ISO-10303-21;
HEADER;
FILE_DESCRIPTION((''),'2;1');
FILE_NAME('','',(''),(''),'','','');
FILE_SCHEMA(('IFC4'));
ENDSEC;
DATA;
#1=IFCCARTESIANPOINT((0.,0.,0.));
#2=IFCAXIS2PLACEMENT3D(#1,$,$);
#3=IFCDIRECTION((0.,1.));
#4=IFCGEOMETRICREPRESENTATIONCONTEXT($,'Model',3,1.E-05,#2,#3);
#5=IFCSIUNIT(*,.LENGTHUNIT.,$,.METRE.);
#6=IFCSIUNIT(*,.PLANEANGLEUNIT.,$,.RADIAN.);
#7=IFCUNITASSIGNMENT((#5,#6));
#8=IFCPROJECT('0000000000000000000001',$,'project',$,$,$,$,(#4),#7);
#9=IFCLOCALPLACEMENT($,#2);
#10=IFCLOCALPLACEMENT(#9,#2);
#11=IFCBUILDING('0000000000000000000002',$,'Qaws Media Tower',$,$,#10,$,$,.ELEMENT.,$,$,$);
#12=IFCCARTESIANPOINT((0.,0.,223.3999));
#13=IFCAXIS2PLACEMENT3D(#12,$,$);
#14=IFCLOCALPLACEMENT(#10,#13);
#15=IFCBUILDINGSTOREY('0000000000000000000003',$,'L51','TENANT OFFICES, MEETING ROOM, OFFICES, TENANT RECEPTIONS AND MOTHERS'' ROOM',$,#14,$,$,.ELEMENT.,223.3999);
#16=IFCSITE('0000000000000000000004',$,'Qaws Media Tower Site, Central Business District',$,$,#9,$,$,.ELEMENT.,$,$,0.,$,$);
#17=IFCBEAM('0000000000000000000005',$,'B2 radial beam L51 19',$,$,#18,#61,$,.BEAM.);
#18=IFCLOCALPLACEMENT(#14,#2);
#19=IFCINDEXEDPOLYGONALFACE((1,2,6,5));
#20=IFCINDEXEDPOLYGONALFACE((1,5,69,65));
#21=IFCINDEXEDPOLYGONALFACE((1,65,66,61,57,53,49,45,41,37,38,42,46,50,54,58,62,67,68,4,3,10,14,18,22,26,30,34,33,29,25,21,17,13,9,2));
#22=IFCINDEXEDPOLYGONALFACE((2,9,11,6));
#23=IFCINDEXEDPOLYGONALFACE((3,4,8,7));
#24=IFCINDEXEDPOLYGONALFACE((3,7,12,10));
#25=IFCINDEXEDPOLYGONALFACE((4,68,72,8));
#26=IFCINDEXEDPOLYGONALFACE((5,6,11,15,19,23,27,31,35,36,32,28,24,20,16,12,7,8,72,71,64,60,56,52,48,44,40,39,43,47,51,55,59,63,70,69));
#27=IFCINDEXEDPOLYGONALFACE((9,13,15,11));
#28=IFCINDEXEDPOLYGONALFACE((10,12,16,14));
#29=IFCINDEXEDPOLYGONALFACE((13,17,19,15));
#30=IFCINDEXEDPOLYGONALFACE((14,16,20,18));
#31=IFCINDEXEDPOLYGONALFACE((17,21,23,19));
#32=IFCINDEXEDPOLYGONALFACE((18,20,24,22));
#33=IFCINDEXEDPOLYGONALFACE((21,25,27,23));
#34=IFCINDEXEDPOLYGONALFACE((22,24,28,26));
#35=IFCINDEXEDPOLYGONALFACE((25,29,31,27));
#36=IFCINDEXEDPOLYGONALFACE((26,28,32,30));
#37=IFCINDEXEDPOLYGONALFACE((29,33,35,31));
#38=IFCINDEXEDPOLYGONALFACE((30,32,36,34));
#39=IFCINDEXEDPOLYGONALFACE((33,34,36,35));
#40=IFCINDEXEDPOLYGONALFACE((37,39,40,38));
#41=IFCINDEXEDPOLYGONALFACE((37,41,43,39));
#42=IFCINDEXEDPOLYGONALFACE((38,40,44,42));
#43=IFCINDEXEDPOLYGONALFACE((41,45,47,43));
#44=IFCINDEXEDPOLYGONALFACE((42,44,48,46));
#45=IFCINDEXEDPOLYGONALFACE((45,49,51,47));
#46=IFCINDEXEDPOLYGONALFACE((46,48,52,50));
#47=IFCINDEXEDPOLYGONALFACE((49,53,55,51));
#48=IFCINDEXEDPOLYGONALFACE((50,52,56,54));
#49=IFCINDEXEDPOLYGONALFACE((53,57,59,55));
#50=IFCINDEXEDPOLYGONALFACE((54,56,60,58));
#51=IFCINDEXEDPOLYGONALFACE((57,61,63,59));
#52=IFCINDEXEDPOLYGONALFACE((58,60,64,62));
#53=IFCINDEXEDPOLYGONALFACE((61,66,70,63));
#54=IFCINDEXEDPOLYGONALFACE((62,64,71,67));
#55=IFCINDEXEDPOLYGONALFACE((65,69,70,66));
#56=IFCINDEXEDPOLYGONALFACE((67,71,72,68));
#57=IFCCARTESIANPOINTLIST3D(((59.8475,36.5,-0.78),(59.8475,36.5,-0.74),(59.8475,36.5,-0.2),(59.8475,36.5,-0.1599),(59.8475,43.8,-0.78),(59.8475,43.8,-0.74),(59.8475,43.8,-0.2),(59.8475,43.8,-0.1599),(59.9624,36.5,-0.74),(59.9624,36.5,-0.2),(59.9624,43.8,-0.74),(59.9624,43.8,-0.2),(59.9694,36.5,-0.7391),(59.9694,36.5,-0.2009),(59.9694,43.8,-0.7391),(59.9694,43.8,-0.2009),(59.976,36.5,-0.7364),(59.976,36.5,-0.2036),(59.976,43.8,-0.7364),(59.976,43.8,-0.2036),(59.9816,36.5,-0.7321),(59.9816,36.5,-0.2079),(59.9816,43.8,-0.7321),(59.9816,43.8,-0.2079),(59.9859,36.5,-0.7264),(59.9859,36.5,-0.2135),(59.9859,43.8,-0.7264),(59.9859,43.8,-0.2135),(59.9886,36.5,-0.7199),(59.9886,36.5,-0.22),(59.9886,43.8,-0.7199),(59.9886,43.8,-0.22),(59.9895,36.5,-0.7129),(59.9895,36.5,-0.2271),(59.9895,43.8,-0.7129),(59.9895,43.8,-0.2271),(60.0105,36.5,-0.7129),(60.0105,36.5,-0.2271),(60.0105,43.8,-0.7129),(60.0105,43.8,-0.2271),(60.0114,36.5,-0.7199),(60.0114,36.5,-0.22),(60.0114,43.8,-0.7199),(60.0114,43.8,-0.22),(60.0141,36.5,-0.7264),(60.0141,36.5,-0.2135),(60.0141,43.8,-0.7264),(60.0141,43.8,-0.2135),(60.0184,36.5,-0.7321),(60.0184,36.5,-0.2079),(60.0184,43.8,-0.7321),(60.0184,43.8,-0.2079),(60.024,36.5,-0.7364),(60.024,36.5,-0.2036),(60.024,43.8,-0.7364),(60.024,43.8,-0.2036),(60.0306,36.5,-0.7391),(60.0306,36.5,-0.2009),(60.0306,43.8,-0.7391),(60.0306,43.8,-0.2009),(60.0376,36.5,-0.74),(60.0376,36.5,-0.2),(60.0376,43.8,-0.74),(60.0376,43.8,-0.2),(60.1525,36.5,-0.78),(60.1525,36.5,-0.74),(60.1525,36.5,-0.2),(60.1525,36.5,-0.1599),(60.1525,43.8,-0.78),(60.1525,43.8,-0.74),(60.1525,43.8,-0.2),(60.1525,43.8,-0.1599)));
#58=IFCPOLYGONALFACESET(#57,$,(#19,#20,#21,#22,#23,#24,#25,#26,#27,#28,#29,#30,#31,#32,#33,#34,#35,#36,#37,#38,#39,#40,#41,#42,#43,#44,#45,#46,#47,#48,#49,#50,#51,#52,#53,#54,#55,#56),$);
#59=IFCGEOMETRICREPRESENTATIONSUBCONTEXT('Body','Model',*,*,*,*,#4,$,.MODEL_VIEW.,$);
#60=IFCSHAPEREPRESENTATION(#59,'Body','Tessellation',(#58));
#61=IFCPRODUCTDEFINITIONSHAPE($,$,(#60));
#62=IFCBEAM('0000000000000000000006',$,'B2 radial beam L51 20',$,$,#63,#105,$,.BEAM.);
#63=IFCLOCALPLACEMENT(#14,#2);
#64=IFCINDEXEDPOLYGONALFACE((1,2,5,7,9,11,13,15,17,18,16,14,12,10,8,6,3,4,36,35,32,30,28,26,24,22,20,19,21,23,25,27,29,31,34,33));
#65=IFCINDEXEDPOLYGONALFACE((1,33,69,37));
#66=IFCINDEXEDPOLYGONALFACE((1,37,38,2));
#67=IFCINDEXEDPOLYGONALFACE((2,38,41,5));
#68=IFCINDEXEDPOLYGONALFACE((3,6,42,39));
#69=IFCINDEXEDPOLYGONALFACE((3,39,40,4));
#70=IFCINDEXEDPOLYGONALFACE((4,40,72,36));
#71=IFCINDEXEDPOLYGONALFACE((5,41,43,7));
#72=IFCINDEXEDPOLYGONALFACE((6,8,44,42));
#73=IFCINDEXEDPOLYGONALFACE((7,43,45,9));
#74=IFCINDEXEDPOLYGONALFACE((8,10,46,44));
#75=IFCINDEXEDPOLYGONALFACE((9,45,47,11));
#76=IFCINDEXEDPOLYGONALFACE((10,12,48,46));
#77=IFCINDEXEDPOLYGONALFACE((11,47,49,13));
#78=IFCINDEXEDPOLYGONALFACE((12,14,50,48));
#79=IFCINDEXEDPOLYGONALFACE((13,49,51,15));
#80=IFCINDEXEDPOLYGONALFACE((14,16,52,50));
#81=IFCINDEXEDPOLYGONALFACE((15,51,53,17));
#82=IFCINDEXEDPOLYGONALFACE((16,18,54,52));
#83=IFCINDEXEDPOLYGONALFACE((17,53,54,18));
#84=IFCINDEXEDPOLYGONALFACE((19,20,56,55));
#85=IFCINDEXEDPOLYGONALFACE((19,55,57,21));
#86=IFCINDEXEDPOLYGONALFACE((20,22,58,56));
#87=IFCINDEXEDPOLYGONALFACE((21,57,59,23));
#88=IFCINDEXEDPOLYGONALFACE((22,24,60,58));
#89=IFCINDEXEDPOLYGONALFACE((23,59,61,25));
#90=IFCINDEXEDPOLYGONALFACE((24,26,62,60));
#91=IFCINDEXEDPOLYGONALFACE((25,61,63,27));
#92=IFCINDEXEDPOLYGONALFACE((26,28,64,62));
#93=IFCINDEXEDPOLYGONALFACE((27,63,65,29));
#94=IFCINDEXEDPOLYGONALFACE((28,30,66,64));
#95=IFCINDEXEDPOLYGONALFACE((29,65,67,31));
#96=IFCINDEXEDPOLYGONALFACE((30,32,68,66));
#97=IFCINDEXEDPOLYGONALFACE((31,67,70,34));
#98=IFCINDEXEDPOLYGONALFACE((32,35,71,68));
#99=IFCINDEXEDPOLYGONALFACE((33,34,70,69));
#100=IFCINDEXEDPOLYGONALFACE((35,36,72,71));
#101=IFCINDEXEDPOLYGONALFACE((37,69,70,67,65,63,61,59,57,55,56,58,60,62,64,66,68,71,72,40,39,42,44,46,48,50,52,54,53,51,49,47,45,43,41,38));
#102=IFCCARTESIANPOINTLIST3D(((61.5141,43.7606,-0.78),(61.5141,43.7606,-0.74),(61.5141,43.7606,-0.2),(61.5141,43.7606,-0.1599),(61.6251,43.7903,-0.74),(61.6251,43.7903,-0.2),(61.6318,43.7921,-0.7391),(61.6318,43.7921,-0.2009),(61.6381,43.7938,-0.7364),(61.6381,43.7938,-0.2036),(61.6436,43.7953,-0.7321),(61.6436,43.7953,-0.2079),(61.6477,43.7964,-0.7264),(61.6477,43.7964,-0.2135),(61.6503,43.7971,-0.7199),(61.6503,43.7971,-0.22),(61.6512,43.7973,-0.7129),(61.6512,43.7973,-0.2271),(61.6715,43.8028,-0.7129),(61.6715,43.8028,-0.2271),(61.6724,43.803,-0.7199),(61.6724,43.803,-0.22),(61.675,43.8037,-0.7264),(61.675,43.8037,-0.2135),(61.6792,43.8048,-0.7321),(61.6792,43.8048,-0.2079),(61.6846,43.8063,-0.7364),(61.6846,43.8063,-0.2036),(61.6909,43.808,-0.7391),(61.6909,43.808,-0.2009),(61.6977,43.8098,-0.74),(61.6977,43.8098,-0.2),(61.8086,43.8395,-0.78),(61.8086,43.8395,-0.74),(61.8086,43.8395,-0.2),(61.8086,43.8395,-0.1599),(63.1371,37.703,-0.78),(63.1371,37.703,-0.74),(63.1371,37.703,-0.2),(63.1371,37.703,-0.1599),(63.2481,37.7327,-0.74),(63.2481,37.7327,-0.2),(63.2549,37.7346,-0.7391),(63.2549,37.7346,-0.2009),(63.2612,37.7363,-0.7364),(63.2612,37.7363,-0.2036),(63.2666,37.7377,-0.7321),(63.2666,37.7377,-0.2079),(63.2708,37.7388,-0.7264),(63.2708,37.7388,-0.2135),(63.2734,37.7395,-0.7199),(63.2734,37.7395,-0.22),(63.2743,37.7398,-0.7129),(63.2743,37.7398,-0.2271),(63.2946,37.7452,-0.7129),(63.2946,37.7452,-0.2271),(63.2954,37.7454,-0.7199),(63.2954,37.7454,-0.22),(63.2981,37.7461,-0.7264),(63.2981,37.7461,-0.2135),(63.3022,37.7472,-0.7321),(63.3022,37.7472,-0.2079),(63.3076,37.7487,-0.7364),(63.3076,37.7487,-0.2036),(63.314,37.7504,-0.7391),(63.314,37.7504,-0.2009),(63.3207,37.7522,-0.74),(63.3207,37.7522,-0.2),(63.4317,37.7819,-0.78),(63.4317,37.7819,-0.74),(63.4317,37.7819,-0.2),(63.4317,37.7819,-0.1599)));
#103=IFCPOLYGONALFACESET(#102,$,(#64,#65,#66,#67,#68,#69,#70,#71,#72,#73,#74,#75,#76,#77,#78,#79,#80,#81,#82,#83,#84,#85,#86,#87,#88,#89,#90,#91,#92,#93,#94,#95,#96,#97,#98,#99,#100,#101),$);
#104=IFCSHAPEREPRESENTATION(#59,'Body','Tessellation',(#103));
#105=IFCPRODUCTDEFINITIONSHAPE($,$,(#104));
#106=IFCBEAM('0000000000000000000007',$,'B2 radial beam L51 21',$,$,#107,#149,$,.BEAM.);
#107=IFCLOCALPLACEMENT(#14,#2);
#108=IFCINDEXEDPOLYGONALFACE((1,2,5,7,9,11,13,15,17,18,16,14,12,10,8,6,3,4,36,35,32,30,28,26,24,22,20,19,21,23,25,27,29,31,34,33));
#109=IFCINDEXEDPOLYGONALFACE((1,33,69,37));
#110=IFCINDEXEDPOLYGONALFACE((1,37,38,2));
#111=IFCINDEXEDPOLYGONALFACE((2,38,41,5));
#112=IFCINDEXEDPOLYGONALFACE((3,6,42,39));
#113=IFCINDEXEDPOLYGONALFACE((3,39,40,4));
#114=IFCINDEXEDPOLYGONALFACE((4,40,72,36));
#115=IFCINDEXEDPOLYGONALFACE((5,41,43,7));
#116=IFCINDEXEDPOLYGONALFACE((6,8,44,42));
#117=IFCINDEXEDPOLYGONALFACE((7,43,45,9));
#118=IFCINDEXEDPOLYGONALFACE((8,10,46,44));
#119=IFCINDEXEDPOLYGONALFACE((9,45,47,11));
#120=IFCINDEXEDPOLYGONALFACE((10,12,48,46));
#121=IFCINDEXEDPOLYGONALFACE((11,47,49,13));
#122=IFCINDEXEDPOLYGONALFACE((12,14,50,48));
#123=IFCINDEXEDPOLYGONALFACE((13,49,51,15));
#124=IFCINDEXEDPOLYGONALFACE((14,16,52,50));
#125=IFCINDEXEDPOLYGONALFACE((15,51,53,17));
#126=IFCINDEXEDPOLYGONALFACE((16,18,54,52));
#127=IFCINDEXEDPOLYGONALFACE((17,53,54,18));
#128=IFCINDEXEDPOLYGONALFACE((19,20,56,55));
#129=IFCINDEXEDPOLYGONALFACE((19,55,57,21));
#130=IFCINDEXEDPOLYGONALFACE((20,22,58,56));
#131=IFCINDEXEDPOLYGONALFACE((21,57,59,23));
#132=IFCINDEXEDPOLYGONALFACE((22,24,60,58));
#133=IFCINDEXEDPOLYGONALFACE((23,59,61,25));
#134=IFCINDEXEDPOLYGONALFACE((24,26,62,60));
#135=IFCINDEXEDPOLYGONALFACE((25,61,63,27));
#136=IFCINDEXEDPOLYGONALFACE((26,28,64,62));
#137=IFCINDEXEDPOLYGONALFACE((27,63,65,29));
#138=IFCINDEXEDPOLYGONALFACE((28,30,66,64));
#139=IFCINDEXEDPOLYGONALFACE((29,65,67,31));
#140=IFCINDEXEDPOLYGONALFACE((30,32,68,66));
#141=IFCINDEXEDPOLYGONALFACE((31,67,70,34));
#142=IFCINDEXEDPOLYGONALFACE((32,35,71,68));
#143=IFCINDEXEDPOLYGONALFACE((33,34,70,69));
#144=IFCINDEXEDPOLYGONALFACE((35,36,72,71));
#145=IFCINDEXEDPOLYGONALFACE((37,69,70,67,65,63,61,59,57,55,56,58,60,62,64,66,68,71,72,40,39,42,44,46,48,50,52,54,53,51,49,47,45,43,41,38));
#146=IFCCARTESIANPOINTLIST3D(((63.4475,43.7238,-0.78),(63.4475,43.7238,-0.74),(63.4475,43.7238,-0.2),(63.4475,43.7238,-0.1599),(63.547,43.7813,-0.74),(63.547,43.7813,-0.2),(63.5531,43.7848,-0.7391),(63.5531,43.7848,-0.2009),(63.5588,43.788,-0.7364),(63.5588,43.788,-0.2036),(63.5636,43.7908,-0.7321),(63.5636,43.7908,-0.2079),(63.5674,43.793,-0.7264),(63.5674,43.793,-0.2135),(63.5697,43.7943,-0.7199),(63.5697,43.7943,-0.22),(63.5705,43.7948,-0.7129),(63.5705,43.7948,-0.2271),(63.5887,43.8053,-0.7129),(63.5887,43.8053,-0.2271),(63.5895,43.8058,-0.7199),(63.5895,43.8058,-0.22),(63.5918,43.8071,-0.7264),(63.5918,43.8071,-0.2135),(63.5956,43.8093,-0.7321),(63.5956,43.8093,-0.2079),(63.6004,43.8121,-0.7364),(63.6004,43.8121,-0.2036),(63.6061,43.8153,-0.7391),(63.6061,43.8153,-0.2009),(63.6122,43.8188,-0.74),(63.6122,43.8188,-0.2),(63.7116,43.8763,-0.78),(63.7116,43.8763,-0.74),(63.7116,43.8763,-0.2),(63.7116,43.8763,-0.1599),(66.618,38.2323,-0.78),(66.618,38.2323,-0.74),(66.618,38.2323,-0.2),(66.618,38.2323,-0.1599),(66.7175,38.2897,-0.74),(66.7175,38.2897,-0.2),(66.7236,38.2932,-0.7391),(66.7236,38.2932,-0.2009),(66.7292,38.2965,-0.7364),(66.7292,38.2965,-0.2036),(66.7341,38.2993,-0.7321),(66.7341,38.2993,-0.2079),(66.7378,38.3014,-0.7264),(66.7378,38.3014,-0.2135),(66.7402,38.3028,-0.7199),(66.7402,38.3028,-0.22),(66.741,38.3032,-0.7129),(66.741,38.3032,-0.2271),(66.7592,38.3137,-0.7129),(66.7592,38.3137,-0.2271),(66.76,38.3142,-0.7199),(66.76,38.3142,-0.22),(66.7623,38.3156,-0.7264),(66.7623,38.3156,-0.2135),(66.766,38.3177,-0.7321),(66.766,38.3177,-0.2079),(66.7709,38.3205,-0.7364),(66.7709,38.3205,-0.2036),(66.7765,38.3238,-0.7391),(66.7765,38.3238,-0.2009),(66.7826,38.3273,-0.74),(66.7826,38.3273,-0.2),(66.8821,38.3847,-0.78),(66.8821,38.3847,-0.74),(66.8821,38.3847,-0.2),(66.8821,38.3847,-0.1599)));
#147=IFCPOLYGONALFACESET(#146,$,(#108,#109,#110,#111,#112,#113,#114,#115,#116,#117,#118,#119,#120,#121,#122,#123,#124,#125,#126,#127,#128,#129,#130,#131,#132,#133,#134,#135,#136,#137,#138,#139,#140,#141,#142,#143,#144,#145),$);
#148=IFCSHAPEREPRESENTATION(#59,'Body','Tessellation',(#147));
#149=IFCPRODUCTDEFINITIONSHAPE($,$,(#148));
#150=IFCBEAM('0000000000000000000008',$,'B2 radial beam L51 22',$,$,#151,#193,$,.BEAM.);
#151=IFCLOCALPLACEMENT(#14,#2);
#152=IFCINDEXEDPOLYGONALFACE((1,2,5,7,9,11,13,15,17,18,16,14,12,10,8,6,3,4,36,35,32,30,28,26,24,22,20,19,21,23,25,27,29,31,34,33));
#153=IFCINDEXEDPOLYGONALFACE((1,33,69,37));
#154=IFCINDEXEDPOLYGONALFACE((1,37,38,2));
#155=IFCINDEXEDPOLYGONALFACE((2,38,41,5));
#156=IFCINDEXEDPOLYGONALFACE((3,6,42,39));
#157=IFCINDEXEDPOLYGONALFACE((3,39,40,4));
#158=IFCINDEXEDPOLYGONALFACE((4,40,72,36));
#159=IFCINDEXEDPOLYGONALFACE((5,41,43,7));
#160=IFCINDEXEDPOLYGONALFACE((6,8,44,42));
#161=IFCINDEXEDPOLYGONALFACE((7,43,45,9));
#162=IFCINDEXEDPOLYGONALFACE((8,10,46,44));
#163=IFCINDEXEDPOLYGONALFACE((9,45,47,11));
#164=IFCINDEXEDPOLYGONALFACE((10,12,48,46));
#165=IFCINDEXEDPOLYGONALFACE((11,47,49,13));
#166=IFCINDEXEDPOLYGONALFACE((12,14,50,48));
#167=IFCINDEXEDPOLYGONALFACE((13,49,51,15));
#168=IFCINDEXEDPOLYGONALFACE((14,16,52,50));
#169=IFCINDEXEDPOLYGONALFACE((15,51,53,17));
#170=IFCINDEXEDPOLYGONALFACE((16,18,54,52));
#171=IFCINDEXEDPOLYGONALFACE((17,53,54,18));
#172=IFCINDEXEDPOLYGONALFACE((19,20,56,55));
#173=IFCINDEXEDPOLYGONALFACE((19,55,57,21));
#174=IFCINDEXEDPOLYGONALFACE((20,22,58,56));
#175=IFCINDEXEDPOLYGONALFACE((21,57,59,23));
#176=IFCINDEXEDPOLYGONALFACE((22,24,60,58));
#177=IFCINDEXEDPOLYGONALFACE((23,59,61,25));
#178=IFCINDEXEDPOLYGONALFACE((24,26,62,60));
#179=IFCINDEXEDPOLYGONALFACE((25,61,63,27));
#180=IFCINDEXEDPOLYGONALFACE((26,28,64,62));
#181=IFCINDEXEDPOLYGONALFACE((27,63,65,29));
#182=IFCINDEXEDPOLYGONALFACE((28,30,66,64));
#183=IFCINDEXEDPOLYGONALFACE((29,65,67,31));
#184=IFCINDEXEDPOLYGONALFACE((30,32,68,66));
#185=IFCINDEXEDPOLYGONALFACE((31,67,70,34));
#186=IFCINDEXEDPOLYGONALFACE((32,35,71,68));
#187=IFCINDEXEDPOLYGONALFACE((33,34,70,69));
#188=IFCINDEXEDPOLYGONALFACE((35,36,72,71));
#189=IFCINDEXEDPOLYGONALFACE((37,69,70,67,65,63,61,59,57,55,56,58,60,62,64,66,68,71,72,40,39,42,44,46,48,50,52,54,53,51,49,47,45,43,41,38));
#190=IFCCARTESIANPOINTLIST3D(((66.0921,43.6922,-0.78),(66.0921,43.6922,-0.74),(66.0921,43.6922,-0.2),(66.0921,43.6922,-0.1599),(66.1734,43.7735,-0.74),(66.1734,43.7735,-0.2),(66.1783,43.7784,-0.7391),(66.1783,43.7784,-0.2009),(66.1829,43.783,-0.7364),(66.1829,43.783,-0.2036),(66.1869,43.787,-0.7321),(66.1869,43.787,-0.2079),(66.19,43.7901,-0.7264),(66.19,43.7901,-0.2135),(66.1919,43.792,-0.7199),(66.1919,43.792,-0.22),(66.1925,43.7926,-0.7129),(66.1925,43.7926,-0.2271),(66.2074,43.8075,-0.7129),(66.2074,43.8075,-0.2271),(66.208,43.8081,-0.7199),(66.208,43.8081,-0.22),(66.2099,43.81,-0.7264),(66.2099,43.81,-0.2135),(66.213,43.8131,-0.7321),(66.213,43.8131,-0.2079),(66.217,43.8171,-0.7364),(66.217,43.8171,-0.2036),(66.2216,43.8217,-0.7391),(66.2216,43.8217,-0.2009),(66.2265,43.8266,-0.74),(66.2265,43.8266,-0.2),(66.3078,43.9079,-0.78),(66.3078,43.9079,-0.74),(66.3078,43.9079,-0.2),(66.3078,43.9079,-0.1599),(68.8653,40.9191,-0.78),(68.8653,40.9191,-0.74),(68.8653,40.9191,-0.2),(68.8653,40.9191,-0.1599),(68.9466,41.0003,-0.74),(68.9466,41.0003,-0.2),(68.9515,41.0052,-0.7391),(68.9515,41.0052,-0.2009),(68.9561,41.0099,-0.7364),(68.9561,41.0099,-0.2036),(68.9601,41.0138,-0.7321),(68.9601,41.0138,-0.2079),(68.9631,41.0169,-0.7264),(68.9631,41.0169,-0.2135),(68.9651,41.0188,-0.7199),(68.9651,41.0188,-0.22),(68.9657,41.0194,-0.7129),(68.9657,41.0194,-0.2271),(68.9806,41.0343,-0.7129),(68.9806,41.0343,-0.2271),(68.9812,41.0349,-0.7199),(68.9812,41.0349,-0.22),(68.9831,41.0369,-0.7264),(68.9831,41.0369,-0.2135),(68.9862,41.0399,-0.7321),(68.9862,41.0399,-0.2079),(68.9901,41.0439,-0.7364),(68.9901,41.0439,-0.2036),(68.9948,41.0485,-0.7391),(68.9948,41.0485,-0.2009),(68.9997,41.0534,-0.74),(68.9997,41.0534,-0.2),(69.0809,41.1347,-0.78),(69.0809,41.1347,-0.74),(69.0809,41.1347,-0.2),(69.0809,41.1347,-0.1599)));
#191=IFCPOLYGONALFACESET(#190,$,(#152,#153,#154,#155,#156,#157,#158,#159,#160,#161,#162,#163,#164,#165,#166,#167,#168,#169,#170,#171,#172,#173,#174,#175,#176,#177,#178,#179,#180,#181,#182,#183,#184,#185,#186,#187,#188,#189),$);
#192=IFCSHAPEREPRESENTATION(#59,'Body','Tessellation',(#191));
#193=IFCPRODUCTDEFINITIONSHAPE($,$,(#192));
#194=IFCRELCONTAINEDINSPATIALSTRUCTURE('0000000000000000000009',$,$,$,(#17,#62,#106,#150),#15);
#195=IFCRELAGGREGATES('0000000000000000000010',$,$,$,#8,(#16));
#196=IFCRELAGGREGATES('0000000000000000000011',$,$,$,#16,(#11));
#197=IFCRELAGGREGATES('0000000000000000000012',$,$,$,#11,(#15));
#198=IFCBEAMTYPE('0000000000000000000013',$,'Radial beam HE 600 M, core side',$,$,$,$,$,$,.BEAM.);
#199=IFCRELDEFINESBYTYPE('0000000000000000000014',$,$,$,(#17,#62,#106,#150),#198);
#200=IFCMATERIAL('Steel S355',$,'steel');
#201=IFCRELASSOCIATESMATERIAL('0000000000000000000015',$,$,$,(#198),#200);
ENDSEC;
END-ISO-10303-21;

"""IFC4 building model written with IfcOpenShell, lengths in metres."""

from ifc_helpers import new_model, si_unit, direction, frame, origin, origin_2d, place, context, subcontext, project, spatial, i_section, extrude, material, material_profile, profile_set, type_object, element, save


model = new_model("IFC4")

# Units and contexts
model_context = context("Model", 3, precision=1e-05, world=origin(), true_north=direction((0.0, 1.0)))
body_context = subcontext(model_context, "Body", "Model", "MODEL_VIEW")
ifc_project = project(units=[si_unit("LENGTHUNIT", "METRE"), si_unit("PLANEANGLEUNIT", "RADIAN")], contexts=[model_context])

# Site, building, storey
site_placement = place(None, origin())
site = spatial("IfcSite", under=ifc_project, at=site_placement, Name="Qaws Media Tower Site, Central Business District", CompositionType="ELEMENT", RefElevation=0.0)
building_placement = place(site_placement, origin())
building = spatial("IfcBuilding", under=site, at=building_placement, Name="Qaws Media Tower", CompositionType="ELEMENT")
storey_placement = place(building_placement, frame((0.0, 0.0, 223.3999)))
storey = spatial("IfcBuildingStorey", under=building, at=storey_placement, Name="L51", Description="TENANT OFFICES, MEETING ROOM, OFFICES, TENANT RECEPTIONS AND MOTHERS' ROOM", CompositionType="ELEMENT", Elevation=223.3999)

# Beams
ifc_material_1 = material(Name="Steel S355", Category="steel")
ifc_material_profile_1 = material_profile(ifc_material_1, i_section(OverallWidth=0.3049, OverallDepth=0.6201, WebThickness=0.021, FlangeThickness=0.04, FilletRadius=0.0271, at=origin_2d()), Name="HE 600 M")
ifc_profile_set_1 = profile_set([ifc_material_profile_1], Name="Steel S355")
beam_type_1 = type_object("IfcBeamType", Name="Radial beam HE 600 M, core side", PredefinedType="BEAM", material=ifc_profile_set_1)
beam_1_placement = place(storey_placement, frame((60.0, 43.8, -0.47), z_axis=(0.0, -1.0, 0.0), x_axis=(1.0, 0.0, 0.0)))
element("IfcBeam", 1, at=beam_1_placement, inside=storey, type_object=beam_type_1, Name="B2 radial beam L51 19", PredefinedType="BEAM", context=body_context, shape_type="SweptSolid", body=[
    extrude(i_section(OverallWidth=0.3049, OverallDepth=0.6201, WebThickness=0.021, FlangeThickness=0.04, FilletRadius=0.0271, at=origin_2d()), origin(), (0.0, 0.0, 1.0), 7.3),
])
beam_2_placement = place(storey_placement, frame((61.6614, 43.8, -0.47), z_axis=(0.258806, -0.965929, 0.0), x_axis=(0.965929, 0.258806, 0.0)))
element("IfcBeam", 2, at=beam_2_placement, inside=storey, type_object=beam_type_1, Name="B2 radial beam L51 20", PredefinedType="BEAM", context=body_context, shape_type="SweptSolid", body=[
    extrude(i_section(OverallWidth=0.3049, OverallDepth=0.6201, WebThickness=0.021, FlangeThickness=0.04, FilletRadius=0.0271, at=origin_2d()), origin(), (0.0, 0.0, 1.0), 6.2712),
])
beam_3_placement = place(storey_placement, frame((63.5796, 43.8, -0.47), z_axis=(0.49999, -0.866031, 0.0), x_axis=(0.866031, 0.49999, 0.0)))
element("IfcBeam", 3, at=beam_3_placement, inside=storey, type_object=beam_type_1, Name="B2 radial beam L51 21", PredefinedType="BEAM", context=body_context, shape_type="SweptSolid", body=[
    extrude(i_section(OverallWidth=0.3049, OverallDepth=0.6201, WebThickness=0.021, FlangeThickness=0.04, FilletRadius=0.0271, at=origin_2d()), origin(), (0.0, 0.0, 1.0), 6.3411),
])
beam_4_placement = place(storey_placement, frame((66.2, 43.8, -0.47), z_axis=(0.707107, -0.707107, 0.0), x_axis=(0.707107, 0.707107, 0.0)))
element("IfcBeam", 4, at=beam_4_placement, inside=storey, type_object=beam_type_1, Name="B2 radial beam L51 22", PredefinedType="BEAM", context=body_context, shape_type="SweptSolid", body=[
    extrude(i_section(OverallWidth=0.3049, OverallDepth=0.6201, WebThickness=0.021, FlangeThickness=0.04, FilletRadius=0.0271, at=origin_2d()), origin(), (0.0, 0.0, 1.0), 3.9219),
])

save(model, "model.ifc")
